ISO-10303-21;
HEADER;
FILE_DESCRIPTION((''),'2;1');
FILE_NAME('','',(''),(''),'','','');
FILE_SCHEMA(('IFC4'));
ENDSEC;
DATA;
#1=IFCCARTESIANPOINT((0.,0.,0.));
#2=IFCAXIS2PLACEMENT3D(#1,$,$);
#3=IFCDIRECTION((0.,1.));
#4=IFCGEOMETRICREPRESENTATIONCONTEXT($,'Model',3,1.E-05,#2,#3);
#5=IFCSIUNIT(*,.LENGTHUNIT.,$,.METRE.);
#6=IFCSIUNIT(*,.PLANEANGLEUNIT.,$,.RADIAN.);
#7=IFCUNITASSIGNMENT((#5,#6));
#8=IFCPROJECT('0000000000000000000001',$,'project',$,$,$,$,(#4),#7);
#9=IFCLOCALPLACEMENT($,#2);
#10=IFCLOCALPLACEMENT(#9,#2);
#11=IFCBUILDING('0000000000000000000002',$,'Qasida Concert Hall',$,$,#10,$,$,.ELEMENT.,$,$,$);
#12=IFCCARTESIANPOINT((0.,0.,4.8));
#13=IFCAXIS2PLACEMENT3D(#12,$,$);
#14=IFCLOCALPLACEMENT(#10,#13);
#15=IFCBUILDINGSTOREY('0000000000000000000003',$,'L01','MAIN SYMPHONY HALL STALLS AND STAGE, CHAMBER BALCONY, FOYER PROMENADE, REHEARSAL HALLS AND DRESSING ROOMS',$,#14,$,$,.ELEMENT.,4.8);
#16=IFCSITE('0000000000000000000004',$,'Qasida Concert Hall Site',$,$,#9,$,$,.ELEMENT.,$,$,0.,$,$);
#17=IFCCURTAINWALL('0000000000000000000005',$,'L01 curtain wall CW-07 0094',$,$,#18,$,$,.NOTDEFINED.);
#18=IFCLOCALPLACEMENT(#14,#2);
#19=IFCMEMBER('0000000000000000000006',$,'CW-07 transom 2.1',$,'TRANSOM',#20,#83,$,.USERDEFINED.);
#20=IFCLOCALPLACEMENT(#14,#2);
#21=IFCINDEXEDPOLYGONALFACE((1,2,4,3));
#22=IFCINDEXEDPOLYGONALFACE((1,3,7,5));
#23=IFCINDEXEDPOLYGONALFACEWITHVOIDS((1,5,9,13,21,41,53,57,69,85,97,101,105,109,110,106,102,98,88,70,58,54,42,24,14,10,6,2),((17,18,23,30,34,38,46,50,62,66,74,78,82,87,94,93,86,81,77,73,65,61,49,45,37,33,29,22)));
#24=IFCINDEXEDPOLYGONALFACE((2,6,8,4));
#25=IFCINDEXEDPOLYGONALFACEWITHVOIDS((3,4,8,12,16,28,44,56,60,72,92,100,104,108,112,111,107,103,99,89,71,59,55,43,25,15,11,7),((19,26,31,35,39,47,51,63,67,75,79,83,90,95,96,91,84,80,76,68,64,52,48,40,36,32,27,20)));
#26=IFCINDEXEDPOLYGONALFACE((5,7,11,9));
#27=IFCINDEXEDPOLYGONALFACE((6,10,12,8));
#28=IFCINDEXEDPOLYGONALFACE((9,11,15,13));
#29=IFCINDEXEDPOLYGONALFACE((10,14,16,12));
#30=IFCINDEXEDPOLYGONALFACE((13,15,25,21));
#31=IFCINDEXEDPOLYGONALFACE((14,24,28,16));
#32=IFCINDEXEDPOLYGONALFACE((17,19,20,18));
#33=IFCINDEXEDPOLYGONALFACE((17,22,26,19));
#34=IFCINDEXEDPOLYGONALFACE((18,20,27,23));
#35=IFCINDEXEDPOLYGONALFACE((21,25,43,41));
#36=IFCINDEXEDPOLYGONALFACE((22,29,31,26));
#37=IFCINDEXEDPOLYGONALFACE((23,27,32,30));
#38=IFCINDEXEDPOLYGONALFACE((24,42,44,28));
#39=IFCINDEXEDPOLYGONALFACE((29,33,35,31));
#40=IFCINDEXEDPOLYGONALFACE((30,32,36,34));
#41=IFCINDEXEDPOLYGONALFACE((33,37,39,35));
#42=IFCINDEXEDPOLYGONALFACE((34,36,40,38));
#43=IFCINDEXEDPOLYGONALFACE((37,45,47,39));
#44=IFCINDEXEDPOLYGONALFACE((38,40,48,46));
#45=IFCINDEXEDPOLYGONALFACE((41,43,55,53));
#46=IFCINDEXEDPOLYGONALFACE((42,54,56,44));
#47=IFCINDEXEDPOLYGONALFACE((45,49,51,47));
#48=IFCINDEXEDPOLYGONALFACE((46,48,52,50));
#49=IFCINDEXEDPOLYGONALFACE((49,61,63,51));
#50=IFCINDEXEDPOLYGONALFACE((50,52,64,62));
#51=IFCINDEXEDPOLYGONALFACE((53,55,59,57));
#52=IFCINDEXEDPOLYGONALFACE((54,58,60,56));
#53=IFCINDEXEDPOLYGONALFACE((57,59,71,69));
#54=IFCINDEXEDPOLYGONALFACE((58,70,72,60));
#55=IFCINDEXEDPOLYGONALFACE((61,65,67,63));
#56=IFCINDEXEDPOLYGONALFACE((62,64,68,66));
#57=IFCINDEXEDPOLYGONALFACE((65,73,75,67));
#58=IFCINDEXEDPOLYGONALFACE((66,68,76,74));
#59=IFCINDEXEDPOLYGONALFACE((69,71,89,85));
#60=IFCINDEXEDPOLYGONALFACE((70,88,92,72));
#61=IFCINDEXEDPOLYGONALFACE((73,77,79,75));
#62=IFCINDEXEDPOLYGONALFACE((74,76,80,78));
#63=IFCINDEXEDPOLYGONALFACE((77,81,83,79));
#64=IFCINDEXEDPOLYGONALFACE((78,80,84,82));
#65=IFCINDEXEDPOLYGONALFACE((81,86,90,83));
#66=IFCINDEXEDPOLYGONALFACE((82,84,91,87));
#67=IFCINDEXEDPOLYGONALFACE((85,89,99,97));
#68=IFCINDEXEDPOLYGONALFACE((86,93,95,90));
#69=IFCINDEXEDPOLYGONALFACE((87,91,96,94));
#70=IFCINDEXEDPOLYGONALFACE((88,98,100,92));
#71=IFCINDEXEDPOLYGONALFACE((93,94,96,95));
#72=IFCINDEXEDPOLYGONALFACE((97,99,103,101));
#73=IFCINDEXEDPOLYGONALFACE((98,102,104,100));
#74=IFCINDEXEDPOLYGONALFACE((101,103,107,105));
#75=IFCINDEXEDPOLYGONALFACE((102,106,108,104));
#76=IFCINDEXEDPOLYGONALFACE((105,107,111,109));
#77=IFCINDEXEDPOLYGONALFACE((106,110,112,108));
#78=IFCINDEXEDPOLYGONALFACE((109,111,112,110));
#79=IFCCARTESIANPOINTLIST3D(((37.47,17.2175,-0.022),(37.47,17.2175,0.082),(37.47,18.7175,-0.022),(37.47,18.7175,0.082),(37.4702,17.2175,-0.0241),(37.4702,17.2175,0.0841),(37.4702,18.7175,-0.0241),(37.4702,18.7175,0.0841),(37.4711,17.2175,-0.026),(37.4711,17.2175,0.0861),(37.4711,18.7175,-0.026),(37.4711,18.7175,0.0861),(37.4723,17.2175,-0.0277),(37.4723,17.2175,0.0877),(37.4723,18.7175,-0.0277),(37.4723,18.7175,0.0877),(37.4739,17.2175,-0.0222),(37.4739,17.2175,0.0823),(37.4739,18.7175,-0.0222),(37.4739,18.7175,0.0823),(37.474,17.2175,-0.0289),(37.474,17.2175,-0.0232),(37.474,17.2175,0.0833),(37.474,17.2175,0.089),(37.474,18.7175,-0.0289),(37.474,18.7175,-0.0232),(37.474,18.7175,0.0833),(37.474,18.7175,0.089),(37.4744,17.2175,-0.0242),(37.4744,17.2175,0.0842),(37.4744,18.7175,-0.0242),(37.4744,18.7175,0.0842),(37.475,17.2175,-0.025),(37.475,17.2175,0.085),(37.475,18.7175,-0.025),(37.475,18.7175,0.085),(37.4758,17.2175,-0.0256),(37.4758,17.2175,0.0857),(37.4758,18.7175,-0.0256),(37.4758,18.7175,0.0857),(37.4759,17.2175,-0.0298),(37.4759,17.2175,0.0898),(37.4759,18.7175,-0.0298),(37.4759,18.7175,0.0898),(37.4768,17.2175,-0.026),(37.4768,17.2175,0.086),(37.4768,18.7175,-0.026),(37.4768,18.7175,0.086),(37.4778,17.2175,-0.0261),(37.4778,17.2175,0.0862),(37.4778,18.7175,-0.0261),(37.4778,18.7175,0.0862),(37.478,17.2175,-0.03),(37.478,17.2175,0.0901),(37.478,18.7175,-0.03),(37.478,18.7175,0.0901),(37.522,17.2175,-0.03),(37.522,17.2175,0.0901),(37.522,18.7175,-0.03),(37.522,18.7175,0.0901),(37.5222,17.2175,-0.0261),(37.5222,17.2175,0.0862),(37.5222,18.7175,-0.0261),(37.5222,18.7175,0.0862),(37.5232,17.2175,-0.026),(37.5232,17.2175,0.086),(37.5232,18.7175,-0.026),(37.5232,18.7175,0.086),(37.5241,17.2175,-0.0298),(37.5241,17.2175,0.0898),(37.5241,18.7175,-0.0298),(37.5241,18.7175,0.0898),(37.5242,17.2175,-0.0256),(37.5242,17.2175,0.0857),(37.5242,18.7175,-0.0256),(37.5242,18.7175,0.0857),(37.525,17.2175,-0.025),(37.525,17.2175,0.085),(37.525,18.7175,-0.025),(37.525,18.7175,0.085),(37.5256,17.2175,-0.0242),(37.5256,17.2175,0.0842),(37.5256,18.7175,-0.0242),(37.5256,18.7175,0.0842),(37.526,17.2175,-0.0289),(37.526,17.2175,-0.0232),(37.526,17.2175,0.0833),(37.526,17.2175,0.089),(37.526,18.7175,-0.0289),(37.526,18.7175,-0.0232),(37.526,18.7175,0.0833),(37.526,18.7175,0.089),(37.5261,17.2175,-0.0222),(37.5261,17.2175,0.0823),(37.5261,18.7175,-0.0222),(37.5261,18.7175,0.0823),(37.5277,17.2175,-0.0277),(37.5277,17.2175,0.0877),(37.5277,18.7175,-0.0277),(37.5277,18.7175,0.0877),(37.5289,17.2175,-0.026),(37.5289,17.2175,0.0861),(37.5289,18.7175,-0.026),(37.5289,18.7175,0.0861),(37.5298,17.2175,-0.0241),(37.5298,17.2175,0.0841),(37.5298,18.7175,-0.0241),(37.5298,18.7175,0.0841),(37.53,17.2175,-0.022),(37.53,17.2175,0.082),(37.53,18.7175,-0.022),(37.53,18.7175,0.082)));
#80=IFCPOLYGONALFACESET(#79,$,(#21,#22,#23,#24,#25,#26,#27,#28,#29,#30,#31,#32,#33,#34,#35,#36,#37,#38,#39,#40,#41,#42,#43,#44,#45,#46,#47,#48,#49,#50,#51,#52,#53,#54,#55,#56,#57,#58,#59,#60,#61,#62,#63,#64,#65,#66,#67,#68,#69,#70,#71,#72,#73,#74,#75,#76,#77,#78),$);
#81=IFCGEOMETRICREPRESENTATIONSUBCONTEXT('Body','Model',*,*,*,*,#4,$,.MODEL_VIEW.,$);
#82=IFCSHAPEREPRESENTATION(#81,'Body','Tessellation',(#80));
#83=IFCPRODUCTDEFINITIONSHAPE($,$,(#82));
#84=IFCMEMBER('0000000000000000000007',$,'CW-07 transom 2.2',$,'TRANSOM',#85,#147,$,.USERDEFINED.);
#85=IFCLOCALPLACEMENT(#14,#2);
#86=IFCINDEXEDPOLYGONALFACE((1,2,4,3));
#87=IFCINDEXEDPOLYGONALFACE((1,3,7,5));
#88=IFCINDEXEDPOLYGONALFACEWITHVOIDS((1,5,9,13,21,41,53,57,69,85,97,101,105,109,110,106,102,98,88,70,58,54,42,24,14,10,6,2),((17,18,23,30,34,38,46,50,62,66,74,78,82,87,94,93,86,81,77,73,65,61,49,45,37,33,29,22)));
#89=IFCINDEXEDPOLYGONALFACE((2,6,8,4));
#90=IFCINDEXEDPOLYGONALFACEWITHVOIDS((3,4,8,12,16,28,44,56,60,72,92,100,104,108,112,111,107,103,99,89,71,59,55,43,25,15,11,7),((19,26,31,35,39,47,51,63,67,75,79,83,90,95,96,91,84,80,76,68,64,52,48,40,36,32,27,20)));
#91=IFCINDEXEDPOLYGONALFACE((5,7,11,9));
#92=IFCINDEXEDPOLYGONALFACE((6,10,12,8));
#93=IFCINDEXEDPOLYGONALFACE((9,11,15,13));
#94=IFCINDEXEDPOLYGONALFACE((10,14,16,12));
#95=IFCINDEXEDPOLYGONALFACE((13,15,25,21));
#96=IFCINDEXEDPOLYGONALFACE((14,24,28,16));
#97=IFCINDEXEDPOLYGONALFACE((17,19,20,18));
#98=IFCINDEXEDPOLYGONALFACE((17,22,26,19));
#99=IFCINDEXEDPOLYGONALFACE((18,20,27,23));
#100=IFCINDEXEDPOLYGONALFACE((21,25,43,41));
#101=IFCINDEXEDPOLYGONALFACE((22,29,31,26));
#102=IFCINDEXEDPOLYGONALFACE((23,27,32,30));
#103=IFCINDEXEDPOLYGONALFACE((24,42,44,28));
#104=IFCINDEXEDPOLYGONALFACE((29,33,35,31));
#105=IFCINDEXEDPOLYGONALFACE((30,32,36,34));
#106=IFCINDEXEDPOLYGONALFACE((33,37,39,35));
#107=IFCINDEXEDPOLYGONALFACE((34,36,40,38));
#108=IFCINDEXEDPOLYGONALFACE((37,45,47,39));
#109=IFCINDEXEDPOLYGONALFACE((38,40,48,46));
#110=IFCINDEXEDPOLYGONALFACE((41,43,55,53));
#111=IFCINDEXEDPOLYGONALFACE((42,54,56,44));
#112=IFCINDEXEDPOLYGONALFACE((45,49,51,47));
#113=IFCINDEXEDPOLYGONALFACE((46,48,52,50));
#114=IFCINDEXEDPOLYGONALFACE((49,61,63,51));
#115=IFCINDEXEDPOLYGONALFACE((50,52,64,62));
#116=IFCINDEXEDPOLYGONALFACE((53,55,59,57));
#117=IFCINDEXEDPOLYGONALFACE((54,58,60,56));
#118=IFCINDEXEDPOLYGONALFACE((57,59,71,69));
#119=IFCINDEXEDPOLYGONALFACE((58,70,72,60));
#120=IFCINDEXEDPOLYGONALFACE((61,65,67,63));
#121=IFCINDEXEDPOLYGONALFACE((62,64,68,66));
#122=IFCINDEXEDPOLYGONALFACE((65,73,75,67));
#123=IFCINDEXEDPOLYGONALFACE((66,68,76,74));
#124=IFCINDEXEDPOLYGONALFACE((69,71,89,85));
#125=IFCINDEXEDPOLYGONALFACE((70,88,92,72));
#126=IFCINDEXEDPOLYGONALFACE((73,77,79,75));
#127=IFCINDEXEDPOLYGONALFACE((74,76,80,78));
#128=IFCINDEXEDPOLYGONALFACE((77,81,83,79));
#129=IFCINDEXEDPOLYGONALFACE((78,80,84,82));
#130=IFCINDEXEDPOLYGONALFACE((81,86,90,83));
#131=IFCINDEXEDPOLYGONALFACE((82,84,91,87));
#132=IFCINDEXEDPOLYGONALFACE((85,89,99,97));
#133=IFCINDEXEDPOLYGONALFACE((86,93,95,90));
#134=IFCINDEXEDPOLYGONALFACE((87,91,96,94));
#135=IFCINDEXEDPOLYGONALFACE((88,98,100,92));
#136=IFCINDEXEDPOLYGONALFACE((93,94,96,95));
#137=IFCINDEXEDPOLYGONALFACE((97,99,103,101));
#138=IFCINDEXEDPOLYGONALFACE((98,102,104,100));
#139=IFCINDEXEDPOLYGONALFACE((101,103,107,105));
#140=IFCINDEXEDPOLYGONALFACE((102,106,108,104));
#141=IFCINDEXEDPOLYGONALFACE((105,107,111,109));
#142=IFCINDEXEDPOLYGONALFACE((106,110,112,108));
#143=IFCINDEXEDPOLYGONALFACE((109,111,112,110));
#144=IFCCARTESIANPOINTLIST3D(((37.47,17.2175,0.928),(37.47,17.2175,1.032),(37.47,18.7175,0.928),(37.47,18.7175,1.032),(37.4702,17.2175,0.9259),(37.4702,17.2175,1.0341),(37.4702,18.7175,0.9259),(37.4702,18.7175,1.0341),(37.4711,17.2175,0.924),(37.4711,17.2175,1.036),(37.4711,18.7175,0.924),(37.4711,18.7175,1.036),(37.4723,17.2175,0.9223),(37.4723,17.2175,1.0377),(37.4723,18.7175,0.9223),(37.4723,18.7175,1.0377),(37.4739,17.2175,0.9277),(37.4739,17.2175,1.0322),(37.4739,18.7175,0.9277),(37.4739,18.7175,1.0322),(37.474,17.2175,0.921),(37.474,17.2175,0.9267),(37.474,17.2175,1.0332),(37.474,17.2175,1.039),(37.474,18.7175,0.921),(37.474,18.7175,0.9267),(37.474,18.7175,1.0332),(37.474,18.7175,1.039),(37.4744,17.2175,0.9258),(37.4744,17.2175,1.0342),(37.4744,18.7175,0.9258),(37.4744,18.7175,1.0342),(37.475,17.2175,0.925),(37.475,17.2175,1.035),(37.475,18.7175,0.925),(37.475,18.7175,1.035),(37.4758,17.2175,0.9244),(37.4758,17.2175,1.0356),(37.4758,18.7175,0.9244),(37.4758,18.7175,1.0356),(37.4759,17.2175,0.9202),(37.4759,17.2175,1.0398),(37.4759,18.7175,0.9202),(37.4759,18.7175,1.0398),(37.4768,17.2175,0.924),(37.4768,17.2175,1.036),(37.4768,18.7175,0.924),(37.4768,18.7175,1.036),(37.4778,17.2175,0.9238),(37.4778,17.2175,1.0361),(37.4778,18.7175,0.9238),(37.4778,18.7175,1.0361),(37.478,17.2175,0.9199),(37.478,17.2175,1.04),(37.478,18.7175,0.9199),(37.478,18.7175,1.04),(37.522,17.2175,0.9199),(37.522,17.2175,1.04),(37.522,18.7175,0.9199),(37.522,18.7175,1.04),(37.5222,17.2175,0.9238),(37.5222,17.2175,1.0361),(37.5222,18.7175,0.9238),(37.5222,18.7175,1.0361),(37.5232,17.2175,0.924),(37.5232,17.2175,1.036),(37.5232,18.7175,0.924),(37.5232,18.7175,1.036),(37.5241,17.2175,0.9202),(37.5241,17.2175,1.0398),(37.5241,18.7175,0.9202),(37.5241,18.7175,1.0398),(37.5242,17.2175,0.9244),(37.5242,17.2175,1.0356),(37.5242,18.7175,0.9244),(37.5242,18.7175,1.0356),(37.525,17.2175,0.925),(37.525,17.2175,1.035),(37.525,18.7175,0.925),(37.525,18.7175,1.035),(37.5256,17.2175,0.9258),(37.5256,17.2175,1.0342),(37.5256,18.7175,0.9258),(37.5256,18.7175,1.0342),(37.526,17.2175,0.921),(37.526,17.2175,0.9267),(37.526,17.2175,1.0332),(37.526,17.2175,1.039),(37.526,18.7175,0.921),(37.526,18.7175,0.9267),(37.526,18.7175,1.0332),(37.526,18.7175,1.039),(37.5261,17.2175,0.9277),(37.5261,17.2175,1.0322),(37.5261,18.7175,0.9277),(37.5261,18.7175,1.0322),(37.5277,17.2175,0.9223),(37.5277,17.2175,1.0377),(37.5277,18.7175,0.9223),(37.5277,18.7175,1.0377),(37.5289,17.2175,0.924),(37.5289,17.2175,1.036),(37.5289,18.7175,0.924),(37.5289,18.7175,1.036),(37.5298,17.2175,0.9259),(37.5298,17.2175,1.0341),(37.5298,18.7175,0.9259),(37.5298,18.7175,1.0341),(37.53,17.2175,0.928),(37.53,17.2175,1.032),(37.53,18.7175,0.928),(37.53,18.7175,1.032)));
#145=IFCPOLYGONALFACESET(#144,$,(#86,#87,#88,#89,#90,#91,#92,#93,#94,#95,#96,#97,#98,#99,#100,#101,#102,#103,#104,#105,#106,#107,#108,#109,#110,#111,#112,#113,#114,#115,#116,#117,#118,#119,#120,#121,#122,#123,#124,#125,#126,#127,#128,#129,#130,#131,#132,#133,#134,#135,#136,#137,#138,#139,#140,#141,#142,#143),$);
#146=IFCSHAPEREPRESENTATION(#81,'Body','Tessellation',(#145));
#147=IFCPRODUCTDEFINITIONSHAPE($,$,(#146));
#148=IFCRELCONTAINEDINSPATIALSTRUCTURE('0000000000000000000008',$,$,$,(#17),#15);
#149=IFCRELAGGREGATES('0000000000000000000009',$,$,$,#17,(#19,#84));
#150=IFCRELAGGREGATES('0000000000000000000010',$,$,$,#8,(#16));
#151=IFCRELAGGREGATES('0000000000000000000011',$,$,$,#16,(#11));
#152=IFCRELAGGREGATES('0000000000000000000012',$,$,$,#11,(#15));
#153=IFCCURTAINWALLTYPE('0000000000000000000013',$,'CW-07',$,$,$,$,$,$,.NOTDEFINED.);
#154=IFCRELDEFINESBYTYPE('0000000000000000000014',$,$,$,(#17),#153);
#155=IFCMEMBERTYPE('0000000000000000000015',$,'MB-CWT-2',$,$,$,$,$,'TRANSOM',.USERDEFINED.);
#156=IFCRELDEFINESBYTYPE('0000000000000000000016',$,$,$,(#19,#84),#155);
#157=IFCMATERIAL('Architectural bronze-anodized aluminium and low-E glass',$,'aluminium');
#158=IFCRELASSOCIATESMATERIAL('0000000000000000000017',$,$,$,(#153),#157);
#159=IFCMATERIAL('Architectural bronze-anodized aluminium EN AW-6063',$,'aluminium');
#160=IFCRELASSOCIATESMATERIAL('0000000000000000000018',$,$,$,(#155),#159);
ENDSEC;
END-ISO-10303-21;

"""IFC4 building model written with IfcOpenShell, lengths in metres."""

from ifc_helpers import new_model, si_unit, direction, frame, origin, origin_2d, place, context, subcontext, project, spatial, hollow_rectangle, extrude, material, material_profile, profile_set, type_object, element, aggregate, save


model = new_model("IFC4")

# Units and contexts
model_context = context("Model", 3, precision=1e-05, world=origin(), true_north=direction((0.0, 1.0)))
body_context = subcontext(model_context, "Body", "Model", "MODEL_VIEW")
ifc_project = project(units=[si_unit("LENGTHUNIT", "METRE"), si_unit("PLANEANGLEUNIT", "RADIAN")], contexts=[model_context])

# Site, building, storey
site_placement = place(None, origin())
site = spatial("IfcSite", under=ifc_project, at=site_placement, Name="Qasida Concert Hall Site", CompositionType="ELEMENT", RefElevation=0.0)
building_placement = place(site_placement, origin())
building = spatial("IfcBuilding", under=site, at=building_placement, Name="Qasida Concert Hall", CompositionType="ELEMENT")
storey_placement = place(building_placement, frame((0.0, 0.0, 4.8)))
storey = spatial("IfcBuildingStorey", under=building, at=storey_placement, Name="L01", Description="MAIN SYMPHONY HALL STALLS AND STAGE, CHAMBER BALCONY, FOYER PROMENADE, REHEARSAL HALLS AND DRESSING ROOMS", CompositionType="ELEMENT", Elevation=4.8)

# Curtain wall, members
ifc_material_1 = material(Name="Architectural bronze-anodized aluminium and low-E glass", Category="aluminium")
curtain_wall_type = type_object("IfcCurtainWallType", Name="CW-07", PredefinedType="NOTDEFINED", material=ifc_material_1)
curtain_wall_placement = place(storey_placement, origin())
curtain_wall = element("IfcCurtainWall", 1, at=curtain_wall_placement, inside=storey, type_object=curtain_wall_type, Name="L01 curtain wall CW-07 0094", PredefinedType="NOTDEFINED")
ifc_material_2 = material(Name="Architectural bronze-anodized aluminium EN AW-6063", Category="aluminium")
ifc_material_profile_1 = material_profile(ifc_material_2, hollow_rectangle(XDim=0.0601, YDim=0.1201, WallThickness=0.0039, InnerFilletRadius=0.0039, OuterFilletRadius=0.0081, at=origin_2d()), Name="CWT 120x60x4")
ifc_profile_set_1 = profile_set([ifc_material_profile_1], Name="Architectural bronze-anodized aluminium EN AW-6063")
member_type_1 = type_object("IfcMemberType", Name="MB-CWT-2", ElementType="TRANSOM", PredefinedType="USERDEFINED", material=ifc_profile_set_1)
member_1_placement = place(storey_placement, frame((37.5, 17.2175, 0.03), z_axis=(0.0, 1.0, 0.0), x_axis=(-1.0, 0.0, 0.0)))
member_1 = element("IfcMember", 2, at=member_1_placement, type_object=member_type_1, Name="CW-07 transom 2.1", ObjectType="TRANSOM", PredefinedType="USERDEFINED", context=body_context, shape_type="SweptSolid", body=[
    extrude(hollow_rectangle(XDim=0.0601, YDim=0.1201, WallThickness=0.0039, InnerFilletRadius=0.0039, OuterFilletRadius=0.0081, at=origin_2d()), origin(), (0.0, 0.0, 1.0), 1.5),
])
member_2_placement = place(storey_placement, frame((37.5, 17.2175, 0.98), z_axis=(0.0, 1.0, 0.0), x_axis=(-1.0, 0.0, 0.0)))
member_2 = element("IfcMember", 3, at=member_2_placement, type_object=member_type_1, Name="CW-07 transom 2.2", ObjectType="TRANSOM", PredefinedType="USERDEFINED", context=body_context, shape_type="SweptSolid", body=[
    extrude(hollow_rectangle(XDim=0.0601, YDim=0.1201, WallThickness=0.0039, InnerFilletRadius=0.0039, OuterFilletRadius=0.0081, at=origin_2d()), origin(), (0.0, 0.0, 1.0), 1.5),
])
aggregate(curtain_wall, [member_1, member_2])

save(model, "model.ifc")
